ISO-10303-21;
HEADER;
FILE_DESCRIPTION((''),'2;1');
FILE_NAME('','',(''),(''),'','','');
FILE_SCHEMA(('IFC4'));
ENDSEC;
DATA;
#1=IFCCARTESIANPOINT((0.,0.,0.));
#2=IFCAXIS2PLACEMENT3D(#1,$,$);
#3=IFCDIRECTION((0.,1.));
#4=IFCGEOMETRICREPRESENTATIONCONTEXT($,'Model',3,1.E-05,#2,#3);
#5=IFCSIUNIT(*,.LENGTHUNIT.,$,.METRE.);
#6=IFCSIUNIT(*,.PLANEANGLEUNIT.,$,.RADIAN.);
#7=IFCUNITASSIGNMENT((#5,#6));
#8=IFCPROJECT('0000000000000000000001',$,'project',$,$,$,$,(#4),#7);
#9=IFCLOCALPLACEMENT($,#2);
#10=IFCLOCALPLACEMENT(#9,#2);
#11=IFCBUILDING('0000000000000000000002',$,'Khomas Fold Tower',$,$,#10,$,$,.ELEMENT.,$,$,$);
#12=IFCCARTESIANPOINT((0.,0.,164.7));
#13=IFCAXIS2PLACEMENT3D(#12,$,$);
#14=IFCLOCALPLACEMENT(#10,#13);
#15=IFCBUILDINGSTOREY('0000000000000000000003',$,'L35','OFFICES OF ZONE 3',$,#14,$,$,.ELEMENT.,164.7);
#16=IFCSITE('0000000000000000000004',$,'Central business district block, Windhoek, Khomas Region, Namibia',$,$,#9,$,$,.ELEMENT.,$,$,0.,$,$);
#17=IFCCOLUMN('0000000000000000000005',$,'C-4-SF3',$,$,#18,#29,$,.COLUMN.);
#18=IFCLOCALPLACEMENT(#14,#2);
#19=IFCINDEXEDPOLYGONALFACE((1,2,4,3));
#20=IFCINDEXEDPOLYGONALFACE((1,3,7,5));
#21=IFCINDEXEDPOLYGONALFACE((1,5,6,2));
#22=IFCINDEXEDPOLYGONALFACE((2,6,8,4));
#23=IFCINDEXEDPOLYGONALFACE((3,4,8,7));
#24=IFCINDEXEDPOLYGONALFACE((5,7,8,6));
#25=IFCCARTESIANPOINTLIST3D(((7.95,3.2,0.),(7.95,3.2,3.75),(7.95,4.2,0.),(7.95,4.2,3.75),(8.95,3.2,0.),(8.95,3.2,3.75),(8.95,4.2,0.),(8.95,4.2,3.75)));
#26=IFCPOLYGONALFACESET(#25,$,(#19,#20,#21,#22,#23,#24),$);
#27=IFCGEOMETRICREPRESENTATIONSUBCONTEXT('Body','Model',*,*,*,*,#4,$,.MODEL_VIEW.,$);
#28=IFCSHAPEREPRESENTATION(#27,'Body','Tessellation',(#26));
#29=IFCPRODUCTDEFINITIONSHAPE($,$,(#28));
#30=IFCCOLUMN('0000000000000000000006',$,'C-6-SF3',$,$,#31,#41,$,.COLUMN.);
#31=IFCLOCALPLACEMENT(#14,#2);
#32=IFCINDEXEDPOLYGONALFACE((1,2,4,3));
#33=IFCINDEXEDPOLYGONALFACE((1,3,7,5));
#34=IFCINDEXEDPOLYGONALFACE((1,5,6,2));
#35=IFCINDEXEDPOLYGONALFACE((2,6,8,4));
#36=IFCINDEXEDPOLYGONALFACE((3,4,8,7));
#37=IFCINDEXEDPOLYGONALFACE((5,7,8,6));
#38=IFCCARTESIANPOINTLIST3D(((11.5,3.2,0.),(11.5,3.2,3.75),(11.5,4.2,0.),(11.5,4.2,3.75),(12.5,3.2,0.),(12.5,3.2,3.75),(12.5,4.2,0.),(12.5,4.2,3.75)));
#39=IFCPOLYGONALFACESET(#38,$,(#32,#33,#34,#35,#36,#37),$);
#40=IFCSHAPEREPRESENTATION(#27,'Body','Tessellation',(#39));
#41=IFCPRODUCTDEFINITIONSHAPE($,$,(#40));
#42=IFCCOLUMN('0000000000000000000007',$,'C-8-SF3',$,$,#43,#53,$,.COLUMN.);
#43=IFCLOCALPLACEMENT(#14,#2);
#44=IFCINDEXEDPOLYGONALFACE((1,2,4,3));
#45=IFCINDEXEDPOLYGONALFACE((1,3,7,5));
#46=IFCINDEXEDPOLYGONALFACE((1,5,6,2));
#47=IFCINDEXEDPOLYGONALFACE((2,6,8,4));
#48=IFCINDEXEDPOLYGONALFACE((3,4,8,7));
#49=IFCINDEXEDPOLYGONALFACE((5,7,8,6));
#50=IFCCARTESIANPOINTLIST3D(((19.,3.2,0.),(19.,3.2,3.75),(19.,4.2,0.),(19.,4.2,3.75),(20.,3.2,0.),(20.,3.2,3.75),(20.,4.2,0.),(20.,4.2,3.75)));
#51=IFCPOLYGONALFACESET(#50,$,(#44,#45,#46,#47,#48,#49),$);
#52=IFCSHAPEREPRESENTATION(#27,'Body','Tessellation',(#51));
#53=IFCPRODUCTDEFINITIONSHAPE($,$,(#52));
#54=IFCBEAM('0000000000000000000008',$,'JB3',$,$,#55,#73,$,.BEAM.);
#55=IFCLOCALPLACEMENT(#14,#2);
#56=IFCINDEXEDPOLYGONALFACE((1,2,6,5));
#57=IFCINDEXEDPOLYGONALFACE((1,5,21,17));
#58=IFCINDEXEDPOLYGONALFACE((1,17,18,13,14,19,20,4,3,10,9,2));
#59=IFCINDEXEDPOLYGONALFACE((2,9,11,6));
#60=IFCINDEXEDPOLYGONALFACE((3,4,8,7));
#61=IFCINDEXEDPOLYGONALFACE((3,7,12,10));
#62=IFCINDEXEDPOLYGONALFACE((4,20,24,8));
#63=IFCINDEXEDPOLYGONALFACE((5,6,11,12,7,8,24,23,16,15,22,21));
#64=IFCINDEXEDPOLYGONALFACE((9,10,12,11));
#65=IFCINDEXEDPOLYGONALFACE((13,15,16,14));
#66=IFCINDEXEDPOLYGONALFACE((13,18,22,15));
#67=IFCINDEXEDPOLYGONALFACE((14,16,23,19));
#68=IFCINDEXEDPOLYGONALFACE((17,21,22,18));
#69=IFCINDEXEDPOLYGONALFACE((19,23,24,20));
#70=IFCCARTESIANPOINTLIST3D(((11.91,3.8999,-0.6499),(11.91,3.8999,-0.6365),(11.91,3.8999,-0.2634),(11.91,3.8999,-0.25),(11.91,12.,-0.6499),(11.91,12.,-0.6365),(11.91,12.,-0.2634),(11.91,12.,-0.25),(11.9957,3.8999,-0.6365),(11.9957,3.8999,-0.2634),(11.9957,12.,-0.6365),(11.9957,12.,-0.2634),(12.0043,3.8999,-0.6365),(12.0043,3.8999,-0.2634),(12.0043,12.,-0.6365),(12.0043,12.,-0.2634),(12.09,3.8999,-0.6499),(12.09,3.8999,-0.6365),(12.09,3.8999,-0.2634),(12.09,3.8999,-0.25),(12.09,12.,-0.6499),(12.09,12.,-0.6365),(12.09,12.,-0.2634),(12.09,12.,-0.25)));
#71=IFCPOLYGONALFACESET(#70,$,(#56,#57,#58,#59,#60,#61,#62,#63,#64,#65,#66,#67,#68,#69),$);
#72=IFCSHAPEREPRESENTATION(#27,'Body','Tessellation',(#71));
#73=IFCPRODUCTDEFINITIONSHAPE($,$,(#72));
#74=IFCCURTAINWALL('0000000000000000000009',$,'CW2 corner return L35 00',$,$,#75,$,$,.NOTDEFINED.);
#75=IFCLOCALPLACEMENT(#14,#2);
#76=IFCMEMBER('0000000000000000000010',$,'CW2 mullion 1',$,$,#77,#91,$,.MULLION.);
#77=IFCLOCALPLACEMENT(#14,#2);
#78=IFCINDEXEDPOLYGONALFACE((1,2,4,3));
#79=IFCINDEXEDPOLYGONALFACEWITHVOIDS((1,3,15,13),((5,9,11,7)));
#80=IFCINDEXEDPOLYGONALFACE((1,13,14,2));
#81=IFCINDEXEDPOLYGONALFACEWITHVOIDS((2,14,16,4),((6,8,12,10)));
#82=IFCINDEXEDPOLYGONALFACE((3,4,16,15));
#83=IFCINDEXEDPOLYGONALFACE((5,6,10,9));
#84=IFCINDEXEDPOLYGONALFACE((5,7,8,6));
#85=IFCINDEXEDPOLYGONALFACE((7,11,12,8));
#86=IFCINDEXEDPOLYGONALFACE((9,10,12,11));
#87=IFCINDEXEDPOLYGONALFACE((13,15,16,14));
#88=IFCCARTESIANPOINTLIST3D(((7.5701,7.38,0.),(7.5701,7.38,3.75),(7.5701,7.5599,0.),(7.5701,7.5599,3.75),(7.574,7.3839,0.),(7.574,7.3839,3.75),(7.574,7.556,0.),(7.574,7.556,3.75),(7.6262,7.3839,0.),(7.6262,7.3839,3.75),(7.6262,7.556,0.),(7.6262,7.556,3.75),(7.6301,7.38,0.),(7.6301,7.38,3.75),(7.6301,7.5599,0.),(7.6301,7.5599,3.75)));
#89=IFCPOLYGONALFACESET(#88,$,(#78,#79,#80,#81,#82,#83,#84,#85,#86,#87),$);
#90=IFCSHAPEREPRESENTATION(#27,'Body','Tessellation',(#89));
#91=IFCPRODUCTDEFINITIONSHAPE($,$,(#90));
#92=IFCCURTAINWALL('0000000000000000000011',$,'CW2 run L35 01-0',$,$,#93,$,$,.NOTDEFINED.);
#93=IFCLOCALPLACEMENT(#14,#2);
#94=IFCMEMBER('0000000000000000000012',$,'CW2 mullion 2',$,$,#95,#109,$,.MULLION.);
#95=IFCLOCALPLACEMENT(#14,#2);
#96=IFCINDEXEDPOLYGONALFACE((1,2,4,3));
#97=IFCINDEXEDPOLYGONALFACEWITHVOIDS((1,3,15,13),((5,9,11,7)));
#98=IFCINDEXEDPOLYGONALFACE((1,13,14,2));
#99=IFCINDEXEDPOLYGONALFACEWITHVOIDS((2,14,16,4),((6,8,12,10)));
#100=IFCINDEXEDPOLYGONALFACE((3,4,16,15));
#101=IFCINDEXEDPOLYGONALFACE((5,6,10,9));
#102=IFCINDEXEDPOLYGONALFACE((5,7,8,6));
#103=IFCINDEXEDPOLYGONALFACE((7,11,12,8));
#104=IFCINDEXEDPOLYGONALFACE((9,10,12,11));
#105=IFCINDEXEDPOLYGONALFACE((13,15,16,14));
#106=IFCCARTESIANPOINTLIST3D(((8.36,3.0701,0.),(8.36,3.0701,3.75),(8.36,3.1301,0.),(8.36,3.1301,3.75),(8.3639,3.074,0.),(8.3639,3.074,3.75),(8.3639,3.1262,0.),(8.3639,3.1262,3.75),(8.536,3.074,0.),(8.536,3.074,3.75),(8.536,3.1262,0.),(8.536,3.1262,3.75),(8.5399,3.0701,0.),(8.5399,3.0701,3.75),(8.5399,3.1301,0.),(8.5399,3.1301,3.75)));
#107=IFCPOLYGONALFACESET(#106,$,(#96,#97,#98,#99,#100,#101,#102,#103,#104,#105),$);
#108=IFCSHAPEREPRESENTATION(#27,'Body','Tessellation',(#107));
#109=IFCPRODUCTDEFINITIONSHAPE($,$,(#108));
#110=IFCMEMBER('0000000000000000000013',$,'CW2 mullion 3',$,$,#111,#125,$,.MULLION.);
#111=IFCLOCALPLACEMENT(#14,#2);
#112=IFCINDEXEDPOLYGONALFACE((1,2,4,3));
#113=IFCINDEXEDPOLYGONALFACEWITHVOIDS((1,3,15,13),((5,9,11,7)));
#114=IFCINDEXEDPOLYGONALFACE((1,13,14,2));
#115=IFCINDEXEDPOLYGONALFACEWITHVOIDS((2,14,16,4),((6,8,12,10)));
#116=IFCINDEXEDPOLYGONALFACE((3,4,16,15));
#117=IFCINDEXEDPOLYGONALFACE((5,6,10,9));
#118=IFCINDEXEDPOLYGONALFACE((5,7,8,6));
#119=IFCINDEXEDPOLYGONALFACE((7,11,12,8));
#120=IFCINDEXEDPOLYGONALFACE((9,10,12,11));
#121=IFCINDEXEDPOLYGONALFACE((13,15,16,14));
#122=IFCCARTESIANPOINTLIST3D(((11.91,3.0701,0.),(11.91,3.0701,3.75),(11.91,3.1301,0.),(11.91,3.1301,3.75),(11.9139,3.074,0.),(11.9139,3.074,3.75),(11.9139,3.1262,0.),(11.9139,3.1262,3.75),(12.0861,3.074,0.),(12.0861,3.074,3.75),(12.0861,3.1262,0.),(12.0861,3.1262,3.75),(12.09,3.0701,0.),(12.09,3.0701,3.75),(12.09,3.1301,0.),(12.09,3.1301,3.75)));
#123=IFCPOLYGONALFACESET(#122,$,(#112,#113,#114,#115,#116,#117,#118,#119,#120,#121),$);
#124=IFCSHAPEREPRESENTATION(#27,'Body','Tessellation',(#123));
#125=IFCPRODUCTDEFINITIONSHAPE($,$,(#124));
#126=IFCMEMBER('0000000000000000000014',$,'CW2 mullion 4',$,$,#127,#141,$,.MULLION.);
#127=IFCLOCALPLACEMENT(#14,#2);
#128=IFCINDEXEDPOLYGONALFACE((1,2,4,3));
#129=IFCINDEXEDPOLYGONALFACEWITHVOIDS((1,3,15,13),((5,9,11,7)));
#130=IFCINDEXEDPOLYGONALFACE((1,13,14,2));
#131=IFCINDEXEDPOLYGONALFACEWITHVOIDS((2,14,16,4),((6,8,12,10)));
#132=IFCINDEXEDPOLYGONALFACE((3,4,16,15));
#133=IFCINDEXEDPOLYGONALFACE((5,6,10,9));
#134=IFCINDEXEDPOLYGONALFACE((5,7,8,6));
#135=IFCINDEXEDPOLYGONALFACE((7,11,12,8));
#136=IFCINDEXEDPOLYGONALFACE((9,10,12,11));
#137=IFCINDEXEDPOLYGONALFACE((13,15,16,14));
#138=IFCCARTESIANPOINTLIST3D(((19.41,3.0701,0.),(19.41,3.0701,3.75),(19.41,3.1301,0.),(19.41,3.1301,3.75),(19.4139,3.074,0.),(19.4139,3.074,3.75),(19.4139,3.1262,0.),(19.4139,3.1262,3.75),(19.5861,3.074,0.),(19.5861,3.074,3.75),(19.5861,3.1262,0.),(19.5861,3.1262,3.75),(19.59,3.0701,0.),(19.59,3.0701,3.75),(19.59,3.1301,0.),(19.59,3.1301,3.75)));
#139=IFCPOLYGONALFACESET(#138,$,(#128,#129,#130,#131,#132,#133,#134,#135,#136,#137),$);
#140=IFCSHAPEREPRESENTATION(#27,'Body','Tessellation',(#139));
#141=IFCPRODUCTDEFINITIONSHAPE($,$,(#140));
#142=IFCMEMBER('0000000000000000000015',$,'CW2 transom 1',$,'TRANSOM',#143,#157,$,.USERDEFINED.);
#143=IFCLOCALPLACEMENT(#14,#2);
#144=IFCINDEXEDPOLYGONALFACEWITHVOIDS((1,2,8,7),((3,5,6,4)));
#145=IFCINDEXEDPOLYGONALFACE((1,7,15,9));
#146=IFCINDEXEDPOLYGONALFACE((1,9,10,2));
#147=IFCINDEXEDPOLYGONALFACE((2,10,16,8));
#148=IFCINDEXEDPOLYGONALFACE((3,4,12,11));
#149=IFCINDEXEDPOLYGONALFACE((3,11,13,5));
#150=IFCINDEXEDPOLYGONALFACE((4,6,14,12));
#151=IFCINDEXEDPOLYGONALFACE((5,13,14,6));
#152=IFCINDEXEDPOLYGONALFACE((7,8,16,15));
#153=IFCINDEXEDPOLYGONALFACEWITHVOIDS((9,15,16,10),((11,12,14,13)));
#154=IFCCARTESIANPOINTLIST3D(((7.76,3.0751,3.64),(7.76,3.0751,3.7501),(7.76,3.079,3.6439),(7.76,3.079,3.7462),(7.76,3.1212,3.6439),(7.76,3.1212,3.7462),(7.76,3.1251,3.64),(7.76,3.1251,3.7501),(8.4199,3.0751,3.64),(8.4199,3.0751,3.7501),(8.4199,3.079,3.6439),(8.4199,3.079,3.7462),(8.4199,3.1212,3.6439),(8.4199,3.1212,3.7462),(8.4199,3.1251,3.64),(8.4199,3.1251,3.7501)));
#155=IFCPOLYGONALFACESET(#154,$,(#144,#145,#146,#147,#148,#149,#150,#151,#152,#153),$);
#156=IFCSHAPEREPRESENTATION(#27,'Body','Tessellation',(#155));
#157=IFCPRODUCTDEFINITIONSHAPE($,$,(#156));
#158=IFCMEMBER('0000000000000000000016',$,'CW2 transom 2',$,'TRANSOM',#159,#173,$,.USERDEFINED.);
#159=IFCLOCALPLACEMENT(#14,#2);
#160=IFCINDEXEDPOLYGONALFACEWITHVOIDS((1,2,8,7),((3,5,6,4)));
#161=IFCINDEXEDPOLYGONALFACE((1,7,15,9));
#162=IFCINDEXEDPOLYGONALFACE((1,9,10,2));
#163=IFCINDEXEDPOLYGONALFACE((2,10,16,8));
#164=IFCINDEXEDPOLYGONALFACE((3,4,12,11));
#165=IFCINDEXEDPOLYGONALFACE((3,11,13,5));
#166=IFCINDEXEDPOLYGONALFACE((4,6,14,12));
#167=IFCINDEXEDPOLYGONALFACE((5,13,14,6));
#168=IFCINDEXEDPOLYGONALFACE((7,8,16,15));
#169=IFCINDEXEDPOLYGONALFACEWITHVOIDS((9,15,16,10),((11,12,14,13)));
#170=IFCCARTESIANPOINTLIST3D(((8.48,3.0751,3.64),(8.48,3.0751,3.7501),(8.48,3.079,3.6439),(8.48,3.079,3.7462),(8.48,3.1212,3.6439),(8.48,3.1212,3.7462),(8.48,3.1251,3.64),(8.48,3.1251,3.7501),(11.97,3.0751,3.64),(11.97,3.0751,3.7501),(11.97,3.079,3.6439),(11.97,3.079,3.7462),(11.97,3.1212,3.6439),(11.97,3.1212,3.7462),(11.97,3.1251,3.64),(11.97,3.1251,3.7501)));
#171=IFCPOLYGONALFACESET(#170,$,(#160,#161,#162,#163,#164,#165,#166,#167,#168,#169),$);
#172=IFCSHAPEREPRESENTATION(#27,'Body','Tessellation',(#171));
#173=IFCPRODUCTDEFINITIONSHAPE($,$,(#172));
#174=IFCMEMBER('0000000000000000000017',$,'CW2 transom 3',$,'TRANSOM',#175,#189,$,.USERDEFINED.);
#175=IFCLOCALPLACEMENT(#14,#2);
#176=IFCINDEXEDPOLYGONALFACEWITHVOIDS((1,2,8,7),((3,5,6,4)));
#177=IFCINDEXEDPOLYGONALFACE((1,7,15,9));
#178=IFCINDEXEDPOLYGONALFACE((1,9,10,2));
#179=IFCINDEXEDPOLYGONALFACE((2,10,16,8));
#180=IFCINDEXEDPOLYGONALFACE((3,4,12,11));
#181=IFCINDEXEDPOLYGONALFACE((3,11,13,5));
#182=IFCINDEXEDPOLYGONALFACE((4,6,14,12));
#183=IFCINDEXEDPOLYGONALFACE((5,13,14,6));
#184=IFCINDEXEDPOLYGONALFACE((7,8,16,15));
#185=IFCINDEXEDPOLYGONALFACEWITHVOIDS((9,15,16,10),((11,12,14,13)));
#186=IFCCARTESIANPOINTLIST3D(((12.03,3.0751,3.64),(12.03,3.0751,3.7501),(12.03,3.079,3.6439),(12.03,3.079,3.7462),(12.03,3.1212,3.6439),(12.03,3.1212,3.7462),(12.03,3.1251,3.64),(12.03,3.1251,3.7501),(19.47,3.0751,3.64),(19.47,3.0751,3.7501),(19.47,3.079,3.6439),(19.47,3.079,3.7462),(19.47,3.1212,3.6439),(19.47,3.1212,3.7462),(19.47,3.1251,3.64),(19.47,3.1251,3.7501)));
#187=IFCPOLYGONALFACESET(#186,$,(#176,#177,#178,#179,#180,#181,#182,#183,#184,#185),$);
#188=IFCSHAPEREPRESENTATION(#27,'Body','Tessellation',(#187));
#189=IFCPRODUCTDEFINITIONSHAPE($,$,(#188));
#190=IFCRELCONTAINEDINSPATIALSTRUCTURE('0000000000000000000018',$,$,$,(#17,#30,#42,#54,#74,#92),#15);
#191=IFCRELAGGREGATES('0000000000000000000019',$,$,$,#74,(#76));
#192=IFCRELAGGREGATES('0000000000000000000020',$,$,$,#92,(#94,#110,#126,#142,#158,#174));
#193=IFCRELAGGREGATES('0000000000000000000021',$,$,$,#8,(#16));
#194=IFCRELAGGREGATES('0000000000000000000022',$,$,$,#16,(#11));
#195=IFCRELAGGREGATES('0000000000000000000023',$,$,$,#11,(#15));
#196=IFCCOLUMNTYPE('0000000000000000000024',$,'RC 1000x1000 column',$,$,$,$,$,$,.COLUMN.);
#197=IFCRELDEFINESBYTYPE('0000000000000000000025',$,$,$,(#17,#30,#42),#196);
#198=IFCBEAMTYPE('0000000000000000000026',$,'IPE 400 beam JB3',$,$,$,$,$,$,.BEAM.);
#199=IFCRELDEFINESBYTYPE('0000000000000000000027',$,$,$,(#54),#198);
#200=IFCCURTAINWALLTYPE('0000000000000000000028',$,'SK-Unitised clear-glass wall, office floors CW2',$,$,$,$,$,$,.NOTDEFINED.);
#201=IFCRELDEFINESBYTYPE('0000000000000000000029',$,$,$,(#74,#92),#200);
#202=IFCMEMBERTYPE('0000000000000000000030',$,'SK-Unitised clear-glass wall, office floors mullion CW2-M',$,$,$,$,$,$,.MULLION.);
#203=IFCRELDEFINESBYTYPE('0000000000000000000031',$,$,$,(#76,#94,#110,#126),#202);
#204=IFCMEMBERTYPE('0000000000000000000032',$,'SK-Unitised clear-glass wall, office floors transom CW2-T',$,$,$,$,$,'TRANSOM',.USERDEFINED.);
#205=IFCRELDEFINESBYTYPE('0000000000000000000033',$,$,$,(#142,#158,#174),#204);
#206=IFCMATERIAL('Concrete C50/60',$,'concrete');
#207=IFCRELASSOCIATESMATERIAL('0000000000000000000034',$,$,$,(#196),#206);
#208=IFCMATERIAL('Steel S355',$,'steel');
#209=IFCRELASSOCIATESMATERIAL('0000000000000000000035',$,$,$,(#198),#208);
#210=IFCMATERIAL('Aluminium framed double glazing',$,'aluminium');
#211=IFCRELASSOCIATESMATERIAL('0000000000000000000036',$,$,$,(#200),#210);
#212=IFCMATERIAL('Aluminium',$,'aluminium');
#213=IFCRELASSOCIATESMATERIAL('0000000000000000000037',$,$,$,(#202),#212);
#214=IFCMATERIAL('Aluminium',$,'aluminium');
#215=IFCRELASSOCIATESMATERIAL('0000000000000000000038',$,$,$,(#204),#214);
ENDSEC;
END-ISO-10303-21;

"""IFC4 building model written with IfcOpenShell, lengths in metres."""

from ifc_helpers import new_model, si_unit, direction, frame, origin, origin_2d, place, context, subcontext, project, spatial, rectangle, hollow_rectangle, i_section, extrude, source, transform, mapped, material, material_profile, profile_set, type_object, element, aggregate, save


model = new_model("IFC4")

# Units and contexts
model_context = context("Model", 3, precision=1e-05, world=origin(), true_north=direction((0.0, 1.0)))
body_context = subcontext(model_context, "Body", "Model", "MODEL_VIEW")
ifc_project = project(units=[si_unit("LENGTHUNIT", "METRE"), si_unit("PLANEANGLEUNIT", "RADIAN")], contexts=[model_context])

# Site, building, storey
site_placement = place(None, origin())
site = spatial("IfcSite", under=ifc_project, at=site_placement, Name="Central business district block, Windhoek, Khomas Region, Namibia", CompositionType="ELEMENT", RefElevation=0.0)
building_placement = place(site_placement, origin())
building = spatial("IfcBuilding", under=site, at=building_placement, Name="Khomas Fold Tower", CompositionType="ELEMENT")
storey_placement = place(building_placement, frame((0.0, 0.0, 164.7)))
storey = spatial("IfcBuildingStorey", under=building, at=storey_placement, Name="L35", Description="OFFICES OF ZONE 3", CompositionType="ELEMENT", Elevation=164.7)

# Columns
ifc_material_1 = material(Name="Concrete C50/60", Category="concrete")
ifc_material_profile_1 = material_profile(ifc_material_1, rectangle(XDim=1.0, YDim=1.0, at=origin_2d()), Name="RC 1000x1000")
ifc_profile_set_1 = profile_set([ifc_material_profile_1], Name="Concrete C50/60")
column_type = type_object("IfcColumnType", Name="RC 1000x1000 column", PredefinedType="COLUMN", material=ifc_profile_set_1)
shared_shape_1 = source(origin(), body_context, "Body", "SweptSolid", [
    extrude(rectangle(XDim=1.0, YDim=1.0, at=origin_2d()), origin(), (0.0, 0.0, 1.0), 3.75),
])
for number, where, z_axis, x_axis, name in (
    (1, (8.45, 3.7, 0.0), (0.0, 0.0, 1.0), (1.0, 0.0, 0.0), "C-4-SF3"),
    (2, (12.0, 3.7, 0.0), (0.0, 0.0, 1.0), (1.0, 0.0, 0.0), "C-6-SF3"),
    (3, (19.5, 3.7, 0.0), (0.0, 0.0, 1.0), (1.0, 0.0, 0.0), "C-8-SF3"),
):
    element("IfcColumn", number, at=place(storey_placement, frame(where, z_axis=z_axis, x_axis=x_axis)), inside=storey, type_object=column_type, Name=name, PredefinedType="COLUMN", context=body_context, shape_type="MappedRepresentation", body=[
        mapped(shared_shape_1, transform((0.0, 0.0, 0.0))),
    ])

# Beam
ifc_material_2 = material(Name="Steel S355", Category="steel")
ifc_material_profile_2 = material_profile(ifc_material_2, i_section(OverallWidth=0.1799, OverallDepth=0.3999, WebThickness=0.0085, FlangeThickness=0.0134, at=origin_2d()), Name="IPE 400")
ifc_profile_set_2 = profile_set([ifc_material_profile_2], Name="Steel S355")
beam_type = type_object("IfcBeamType", Name="IPE 400 beam JB3", PredefinedType="BEAM", material=ifc_profile_set_2)
shared_shape_2 = source(origin(), body_context, "Body", "SweptSolid", [
    extrude(i_section(OverallWidth=0.1799, OverallDepth=0.3999, WebThickness=0.0085, FlangeThickness=0.0134, at=origin_2d()), origin(), (0.0, 0.0, 1.0), 8.1001),
])
beam_placement = place(storey_placement, frame((12.0, 3.8999, -0.45), z_axis=(0.0, 1.0, 0.0), x_axis=(-1.0, 0.0, 0.0)))
element("IfcBeam", 4, at=beam_placement, inside=storey, type_object=beam_type, Name="JB3", PredefinedType="BEAM", context=body_context, shape_type="MappedRepresentation", body=[
    mapped(shared_shape_2, transform((0.0, 0.0, 0.0))),
])

# Curtain wall, member
ifc_material_3 = material(Name="Aluminium framed double glazing", Category="aluminium")
curtain_wall_type = type_object("IfcCurtainWallType", Name="SK-Unitised clear-glass wall, office floors CW2", PredefinedType="NOTDEFINED", material=ifc_material_3)
curtain_wall_1_placement = place(storey_placement, origin())
curtain_wall_1 = element("IfcCurtainWall", 5, at=curtain_wall_1_placement, inside=storey, type_object=curtain_wall_type, Name="CW2 corner return L35 00", PredefinedType="NOTDEFINED")
ifc_material_4 = material(Name="Aluminium", Category="aluminium")
ifc_material_profile_3 = material_profile(ifc_material_4, hollow_rectangle(XDim=0.0601, YDim=0.1799, WallThickness=0.0039, at=origin_2d()), Name="SK-Unitised clear-glass wall, office floors mullion CW2-M")
ifc_profile_set_3 = profile_set([ifc_material_profile_3], Name="Aluminium")
member_type_1 = type_object("IfcMemberType", Name="SK-Unitised clear-glass wall, office floors mullion CW2-M", PredefinedType="MULLION", material=ifc_profile_set_3)
shared_shape_3 = source(origin(), body_context, "Body", "SweptSolid", [
    extrude(hollow_rectangle(XDim=0.0601, YDim=0.1799, WallThickness=0.0039, at=origin_2d()), origin(), (0.0, 0.0, 1.0), 3.75),
])
member_1_placement = place(storey_placement, frame((7.6001, 7.47, 0.0), z_axis=(0.0, 0.0, 1.0), x_axis=(1.0, 0.0, 0.0)))
member_1 = element("IfcMember", 6, at=member_1_placement, type_object=member_type_1, Name="CW2 mullion 1", PredefinedType="MULLION", context=body_context, shape_type="MappedRepresentation", body=[
    mapped(shared_shape_3, transform((0.0, 0.0, 0.0))),
])
aggregate(curtain_wall_1, [member_1])

# Curtain wall, members
curtain_wall_2_placement = place(storey_placement, origin())
curtain_wall_2 = element("IfcCurtainWall", 7, at=curtain_wall_2_placement, inside=storey, type_object=curtain_wall_type, Name="CW2 run L35 01-0", PredefinedType="NOTDEFINED")
member_2_placement = place(storey_placement, frame((8.45, 3.1001, 0.0), z_axis=(0.0, 0.0, 1.0), x_axis=(0.0, 1.0, 0.0)))
member_2 = element("IfcMember", 8, at=member_2_placement, type_object=member_type_1, Name="CW2 mullion 2", PredefinedType="MULLION", context=body_context, shape_type="MappedRepresentation", body=[
    mapped(shared_shape_3, transform((0.0, 0.0, 0.0))),
])
member_3_placement = place(storey_placement, frame((12.0, 3.1001, 0.0), z_axis=(0.0, 0.0, 1.0), x_axis=(0.0, 1.0, 0.0)))
member_3 = element("IfcMember", 9, at=member_3_placement, type_object=member_type_1, Name="CW2 mullion 3", PredefinedType="MULLION", context=body_context, shape_type="MappedRepresentation", body=[
    mapped(shared_shape_3, transform((0.0, 0.0, 0.0))),
])
member_4_placement = place(storey_placement, frame((19.5, 3.1001, 0.0), z_axis=(0.0, 0.0, 1.0), x_axis=(0.0, 1.0, 0.0)))
member_4 = element("IfcMember", 10, at=member_4_placement, type_object=member_type_1, Name="CW2 mullion 4", PredefinedType="MULLION", context=body_context, shape_type="MappedRepresentation", body=[
    mapped(shared_shape_3, transform((0.0, 0.0, 0.0))),
])
ifc_material_5 = material(Name="Aluminium", Category="aluminium")
ifc_material_profile_4 = material_profile(ifc_material_5, hollow_rectangle(XDim=0.05, YDim=0.1101, WallThickness=0.0039, at=origin_2d()), Name="SK-Unitised clear-glass wall, office floors transom CW2-T")
ifc_profile_set_4 = profile_set([ifc_material_profile_4], Name="Aluminium")
member_type_2 = type_object("IfcMemberType", Name="SK-Unitised clear-glass wall, office floors transom CW2-T", ElementType="TRANSOM", PredefinedType="USERDEFINED", material=ifc_profile_set_4)
shared_shape_4 = source(origin(), body_context, "Body", "SweptSolid", [
    extrude(hollow_rectangle(XDim=0.05, YDim=0.1101, WallThickness=0.0039, at=origin_2d()), origin(), (0.0, 0.0, 1.0), 0.6599),
])
member_5_placement = place(storey_placement, frame((7.76, 3.1001, 3.6951), z_axis=(1.0, 0.0, 0.0), x_axis=(0.0, 1.0, 0.0)))
member_5 = element("IfcMember", 11, at=member_5_placement, type_object=member_type_2, Name="CW2 transom 1", ObjectType="TRANSOM", PredefinedType="USERDEFINED", context=body_context, shape_type="MappedRepresentation", body=[
    mapped(shared_shape_4, transform((0.0, 0.0, 0.0))),
])
shared_shape_5 = source(origin(), body_context, "Body", "SweptSolid", [
    extrude(hollow_rectangle(XDim=0.05, YDim=0.1101, WallThickness=0.0039, at=origin_2d()), origin(), (0.0, 0.0, 1.0), 3.49),
])
member_6_placement = place(storey_placement, frame((8.48, 3.1001, 3.6951), z_axis=(1.0, 0.0, 0.0), x_axis=(0.0, 1.0, 0.0)))
member_6 = element("IfcMember", 12, at=member_6_placement, type_object=member_type_2, Name="CW2 transom 2", ObjectType="TRANSOM", PredefinedType="USERDEFINED", context=body_context, shape_type="MappedRepresentation", body=[
    mapped(shared_shape_5, transform((0.0, 0.0, 0.0))),
])
shared_shape_6 = source(origin(), body_context, "Body", "SweptSolid", [
    extrude(hollow_rectangle(XDim=0.05, YDim=0.1101, WallThickness=0.0039, at=origin_2d()), origin(), (0.0, 0.0, 1.0), 7.4399),
])
member_7_placement = place(storey_placement, frame((12.03, 3.1001, 3.6951), z_axis=(1.0, 0.0, 0.0), x_axis=(0.0, 1.0, 0.0)))
member_7 = element("IfcMember", 13, at=member_7_placement, type_object=member_type_2, Name="CW2 transom 3", ObjectType="TRANSOM", PredefinedType="USERDEFINED", context=body_context, shape_type="MappedRepresentation", body=[
    mapped(shared_shape_6, transform((0.0, 0.0, 0.0))),
])

aggregate(curtain_wall_2, [member_2, member_3, member_4, member_5, member_6, member_7])

save(model, "model.ifc")
